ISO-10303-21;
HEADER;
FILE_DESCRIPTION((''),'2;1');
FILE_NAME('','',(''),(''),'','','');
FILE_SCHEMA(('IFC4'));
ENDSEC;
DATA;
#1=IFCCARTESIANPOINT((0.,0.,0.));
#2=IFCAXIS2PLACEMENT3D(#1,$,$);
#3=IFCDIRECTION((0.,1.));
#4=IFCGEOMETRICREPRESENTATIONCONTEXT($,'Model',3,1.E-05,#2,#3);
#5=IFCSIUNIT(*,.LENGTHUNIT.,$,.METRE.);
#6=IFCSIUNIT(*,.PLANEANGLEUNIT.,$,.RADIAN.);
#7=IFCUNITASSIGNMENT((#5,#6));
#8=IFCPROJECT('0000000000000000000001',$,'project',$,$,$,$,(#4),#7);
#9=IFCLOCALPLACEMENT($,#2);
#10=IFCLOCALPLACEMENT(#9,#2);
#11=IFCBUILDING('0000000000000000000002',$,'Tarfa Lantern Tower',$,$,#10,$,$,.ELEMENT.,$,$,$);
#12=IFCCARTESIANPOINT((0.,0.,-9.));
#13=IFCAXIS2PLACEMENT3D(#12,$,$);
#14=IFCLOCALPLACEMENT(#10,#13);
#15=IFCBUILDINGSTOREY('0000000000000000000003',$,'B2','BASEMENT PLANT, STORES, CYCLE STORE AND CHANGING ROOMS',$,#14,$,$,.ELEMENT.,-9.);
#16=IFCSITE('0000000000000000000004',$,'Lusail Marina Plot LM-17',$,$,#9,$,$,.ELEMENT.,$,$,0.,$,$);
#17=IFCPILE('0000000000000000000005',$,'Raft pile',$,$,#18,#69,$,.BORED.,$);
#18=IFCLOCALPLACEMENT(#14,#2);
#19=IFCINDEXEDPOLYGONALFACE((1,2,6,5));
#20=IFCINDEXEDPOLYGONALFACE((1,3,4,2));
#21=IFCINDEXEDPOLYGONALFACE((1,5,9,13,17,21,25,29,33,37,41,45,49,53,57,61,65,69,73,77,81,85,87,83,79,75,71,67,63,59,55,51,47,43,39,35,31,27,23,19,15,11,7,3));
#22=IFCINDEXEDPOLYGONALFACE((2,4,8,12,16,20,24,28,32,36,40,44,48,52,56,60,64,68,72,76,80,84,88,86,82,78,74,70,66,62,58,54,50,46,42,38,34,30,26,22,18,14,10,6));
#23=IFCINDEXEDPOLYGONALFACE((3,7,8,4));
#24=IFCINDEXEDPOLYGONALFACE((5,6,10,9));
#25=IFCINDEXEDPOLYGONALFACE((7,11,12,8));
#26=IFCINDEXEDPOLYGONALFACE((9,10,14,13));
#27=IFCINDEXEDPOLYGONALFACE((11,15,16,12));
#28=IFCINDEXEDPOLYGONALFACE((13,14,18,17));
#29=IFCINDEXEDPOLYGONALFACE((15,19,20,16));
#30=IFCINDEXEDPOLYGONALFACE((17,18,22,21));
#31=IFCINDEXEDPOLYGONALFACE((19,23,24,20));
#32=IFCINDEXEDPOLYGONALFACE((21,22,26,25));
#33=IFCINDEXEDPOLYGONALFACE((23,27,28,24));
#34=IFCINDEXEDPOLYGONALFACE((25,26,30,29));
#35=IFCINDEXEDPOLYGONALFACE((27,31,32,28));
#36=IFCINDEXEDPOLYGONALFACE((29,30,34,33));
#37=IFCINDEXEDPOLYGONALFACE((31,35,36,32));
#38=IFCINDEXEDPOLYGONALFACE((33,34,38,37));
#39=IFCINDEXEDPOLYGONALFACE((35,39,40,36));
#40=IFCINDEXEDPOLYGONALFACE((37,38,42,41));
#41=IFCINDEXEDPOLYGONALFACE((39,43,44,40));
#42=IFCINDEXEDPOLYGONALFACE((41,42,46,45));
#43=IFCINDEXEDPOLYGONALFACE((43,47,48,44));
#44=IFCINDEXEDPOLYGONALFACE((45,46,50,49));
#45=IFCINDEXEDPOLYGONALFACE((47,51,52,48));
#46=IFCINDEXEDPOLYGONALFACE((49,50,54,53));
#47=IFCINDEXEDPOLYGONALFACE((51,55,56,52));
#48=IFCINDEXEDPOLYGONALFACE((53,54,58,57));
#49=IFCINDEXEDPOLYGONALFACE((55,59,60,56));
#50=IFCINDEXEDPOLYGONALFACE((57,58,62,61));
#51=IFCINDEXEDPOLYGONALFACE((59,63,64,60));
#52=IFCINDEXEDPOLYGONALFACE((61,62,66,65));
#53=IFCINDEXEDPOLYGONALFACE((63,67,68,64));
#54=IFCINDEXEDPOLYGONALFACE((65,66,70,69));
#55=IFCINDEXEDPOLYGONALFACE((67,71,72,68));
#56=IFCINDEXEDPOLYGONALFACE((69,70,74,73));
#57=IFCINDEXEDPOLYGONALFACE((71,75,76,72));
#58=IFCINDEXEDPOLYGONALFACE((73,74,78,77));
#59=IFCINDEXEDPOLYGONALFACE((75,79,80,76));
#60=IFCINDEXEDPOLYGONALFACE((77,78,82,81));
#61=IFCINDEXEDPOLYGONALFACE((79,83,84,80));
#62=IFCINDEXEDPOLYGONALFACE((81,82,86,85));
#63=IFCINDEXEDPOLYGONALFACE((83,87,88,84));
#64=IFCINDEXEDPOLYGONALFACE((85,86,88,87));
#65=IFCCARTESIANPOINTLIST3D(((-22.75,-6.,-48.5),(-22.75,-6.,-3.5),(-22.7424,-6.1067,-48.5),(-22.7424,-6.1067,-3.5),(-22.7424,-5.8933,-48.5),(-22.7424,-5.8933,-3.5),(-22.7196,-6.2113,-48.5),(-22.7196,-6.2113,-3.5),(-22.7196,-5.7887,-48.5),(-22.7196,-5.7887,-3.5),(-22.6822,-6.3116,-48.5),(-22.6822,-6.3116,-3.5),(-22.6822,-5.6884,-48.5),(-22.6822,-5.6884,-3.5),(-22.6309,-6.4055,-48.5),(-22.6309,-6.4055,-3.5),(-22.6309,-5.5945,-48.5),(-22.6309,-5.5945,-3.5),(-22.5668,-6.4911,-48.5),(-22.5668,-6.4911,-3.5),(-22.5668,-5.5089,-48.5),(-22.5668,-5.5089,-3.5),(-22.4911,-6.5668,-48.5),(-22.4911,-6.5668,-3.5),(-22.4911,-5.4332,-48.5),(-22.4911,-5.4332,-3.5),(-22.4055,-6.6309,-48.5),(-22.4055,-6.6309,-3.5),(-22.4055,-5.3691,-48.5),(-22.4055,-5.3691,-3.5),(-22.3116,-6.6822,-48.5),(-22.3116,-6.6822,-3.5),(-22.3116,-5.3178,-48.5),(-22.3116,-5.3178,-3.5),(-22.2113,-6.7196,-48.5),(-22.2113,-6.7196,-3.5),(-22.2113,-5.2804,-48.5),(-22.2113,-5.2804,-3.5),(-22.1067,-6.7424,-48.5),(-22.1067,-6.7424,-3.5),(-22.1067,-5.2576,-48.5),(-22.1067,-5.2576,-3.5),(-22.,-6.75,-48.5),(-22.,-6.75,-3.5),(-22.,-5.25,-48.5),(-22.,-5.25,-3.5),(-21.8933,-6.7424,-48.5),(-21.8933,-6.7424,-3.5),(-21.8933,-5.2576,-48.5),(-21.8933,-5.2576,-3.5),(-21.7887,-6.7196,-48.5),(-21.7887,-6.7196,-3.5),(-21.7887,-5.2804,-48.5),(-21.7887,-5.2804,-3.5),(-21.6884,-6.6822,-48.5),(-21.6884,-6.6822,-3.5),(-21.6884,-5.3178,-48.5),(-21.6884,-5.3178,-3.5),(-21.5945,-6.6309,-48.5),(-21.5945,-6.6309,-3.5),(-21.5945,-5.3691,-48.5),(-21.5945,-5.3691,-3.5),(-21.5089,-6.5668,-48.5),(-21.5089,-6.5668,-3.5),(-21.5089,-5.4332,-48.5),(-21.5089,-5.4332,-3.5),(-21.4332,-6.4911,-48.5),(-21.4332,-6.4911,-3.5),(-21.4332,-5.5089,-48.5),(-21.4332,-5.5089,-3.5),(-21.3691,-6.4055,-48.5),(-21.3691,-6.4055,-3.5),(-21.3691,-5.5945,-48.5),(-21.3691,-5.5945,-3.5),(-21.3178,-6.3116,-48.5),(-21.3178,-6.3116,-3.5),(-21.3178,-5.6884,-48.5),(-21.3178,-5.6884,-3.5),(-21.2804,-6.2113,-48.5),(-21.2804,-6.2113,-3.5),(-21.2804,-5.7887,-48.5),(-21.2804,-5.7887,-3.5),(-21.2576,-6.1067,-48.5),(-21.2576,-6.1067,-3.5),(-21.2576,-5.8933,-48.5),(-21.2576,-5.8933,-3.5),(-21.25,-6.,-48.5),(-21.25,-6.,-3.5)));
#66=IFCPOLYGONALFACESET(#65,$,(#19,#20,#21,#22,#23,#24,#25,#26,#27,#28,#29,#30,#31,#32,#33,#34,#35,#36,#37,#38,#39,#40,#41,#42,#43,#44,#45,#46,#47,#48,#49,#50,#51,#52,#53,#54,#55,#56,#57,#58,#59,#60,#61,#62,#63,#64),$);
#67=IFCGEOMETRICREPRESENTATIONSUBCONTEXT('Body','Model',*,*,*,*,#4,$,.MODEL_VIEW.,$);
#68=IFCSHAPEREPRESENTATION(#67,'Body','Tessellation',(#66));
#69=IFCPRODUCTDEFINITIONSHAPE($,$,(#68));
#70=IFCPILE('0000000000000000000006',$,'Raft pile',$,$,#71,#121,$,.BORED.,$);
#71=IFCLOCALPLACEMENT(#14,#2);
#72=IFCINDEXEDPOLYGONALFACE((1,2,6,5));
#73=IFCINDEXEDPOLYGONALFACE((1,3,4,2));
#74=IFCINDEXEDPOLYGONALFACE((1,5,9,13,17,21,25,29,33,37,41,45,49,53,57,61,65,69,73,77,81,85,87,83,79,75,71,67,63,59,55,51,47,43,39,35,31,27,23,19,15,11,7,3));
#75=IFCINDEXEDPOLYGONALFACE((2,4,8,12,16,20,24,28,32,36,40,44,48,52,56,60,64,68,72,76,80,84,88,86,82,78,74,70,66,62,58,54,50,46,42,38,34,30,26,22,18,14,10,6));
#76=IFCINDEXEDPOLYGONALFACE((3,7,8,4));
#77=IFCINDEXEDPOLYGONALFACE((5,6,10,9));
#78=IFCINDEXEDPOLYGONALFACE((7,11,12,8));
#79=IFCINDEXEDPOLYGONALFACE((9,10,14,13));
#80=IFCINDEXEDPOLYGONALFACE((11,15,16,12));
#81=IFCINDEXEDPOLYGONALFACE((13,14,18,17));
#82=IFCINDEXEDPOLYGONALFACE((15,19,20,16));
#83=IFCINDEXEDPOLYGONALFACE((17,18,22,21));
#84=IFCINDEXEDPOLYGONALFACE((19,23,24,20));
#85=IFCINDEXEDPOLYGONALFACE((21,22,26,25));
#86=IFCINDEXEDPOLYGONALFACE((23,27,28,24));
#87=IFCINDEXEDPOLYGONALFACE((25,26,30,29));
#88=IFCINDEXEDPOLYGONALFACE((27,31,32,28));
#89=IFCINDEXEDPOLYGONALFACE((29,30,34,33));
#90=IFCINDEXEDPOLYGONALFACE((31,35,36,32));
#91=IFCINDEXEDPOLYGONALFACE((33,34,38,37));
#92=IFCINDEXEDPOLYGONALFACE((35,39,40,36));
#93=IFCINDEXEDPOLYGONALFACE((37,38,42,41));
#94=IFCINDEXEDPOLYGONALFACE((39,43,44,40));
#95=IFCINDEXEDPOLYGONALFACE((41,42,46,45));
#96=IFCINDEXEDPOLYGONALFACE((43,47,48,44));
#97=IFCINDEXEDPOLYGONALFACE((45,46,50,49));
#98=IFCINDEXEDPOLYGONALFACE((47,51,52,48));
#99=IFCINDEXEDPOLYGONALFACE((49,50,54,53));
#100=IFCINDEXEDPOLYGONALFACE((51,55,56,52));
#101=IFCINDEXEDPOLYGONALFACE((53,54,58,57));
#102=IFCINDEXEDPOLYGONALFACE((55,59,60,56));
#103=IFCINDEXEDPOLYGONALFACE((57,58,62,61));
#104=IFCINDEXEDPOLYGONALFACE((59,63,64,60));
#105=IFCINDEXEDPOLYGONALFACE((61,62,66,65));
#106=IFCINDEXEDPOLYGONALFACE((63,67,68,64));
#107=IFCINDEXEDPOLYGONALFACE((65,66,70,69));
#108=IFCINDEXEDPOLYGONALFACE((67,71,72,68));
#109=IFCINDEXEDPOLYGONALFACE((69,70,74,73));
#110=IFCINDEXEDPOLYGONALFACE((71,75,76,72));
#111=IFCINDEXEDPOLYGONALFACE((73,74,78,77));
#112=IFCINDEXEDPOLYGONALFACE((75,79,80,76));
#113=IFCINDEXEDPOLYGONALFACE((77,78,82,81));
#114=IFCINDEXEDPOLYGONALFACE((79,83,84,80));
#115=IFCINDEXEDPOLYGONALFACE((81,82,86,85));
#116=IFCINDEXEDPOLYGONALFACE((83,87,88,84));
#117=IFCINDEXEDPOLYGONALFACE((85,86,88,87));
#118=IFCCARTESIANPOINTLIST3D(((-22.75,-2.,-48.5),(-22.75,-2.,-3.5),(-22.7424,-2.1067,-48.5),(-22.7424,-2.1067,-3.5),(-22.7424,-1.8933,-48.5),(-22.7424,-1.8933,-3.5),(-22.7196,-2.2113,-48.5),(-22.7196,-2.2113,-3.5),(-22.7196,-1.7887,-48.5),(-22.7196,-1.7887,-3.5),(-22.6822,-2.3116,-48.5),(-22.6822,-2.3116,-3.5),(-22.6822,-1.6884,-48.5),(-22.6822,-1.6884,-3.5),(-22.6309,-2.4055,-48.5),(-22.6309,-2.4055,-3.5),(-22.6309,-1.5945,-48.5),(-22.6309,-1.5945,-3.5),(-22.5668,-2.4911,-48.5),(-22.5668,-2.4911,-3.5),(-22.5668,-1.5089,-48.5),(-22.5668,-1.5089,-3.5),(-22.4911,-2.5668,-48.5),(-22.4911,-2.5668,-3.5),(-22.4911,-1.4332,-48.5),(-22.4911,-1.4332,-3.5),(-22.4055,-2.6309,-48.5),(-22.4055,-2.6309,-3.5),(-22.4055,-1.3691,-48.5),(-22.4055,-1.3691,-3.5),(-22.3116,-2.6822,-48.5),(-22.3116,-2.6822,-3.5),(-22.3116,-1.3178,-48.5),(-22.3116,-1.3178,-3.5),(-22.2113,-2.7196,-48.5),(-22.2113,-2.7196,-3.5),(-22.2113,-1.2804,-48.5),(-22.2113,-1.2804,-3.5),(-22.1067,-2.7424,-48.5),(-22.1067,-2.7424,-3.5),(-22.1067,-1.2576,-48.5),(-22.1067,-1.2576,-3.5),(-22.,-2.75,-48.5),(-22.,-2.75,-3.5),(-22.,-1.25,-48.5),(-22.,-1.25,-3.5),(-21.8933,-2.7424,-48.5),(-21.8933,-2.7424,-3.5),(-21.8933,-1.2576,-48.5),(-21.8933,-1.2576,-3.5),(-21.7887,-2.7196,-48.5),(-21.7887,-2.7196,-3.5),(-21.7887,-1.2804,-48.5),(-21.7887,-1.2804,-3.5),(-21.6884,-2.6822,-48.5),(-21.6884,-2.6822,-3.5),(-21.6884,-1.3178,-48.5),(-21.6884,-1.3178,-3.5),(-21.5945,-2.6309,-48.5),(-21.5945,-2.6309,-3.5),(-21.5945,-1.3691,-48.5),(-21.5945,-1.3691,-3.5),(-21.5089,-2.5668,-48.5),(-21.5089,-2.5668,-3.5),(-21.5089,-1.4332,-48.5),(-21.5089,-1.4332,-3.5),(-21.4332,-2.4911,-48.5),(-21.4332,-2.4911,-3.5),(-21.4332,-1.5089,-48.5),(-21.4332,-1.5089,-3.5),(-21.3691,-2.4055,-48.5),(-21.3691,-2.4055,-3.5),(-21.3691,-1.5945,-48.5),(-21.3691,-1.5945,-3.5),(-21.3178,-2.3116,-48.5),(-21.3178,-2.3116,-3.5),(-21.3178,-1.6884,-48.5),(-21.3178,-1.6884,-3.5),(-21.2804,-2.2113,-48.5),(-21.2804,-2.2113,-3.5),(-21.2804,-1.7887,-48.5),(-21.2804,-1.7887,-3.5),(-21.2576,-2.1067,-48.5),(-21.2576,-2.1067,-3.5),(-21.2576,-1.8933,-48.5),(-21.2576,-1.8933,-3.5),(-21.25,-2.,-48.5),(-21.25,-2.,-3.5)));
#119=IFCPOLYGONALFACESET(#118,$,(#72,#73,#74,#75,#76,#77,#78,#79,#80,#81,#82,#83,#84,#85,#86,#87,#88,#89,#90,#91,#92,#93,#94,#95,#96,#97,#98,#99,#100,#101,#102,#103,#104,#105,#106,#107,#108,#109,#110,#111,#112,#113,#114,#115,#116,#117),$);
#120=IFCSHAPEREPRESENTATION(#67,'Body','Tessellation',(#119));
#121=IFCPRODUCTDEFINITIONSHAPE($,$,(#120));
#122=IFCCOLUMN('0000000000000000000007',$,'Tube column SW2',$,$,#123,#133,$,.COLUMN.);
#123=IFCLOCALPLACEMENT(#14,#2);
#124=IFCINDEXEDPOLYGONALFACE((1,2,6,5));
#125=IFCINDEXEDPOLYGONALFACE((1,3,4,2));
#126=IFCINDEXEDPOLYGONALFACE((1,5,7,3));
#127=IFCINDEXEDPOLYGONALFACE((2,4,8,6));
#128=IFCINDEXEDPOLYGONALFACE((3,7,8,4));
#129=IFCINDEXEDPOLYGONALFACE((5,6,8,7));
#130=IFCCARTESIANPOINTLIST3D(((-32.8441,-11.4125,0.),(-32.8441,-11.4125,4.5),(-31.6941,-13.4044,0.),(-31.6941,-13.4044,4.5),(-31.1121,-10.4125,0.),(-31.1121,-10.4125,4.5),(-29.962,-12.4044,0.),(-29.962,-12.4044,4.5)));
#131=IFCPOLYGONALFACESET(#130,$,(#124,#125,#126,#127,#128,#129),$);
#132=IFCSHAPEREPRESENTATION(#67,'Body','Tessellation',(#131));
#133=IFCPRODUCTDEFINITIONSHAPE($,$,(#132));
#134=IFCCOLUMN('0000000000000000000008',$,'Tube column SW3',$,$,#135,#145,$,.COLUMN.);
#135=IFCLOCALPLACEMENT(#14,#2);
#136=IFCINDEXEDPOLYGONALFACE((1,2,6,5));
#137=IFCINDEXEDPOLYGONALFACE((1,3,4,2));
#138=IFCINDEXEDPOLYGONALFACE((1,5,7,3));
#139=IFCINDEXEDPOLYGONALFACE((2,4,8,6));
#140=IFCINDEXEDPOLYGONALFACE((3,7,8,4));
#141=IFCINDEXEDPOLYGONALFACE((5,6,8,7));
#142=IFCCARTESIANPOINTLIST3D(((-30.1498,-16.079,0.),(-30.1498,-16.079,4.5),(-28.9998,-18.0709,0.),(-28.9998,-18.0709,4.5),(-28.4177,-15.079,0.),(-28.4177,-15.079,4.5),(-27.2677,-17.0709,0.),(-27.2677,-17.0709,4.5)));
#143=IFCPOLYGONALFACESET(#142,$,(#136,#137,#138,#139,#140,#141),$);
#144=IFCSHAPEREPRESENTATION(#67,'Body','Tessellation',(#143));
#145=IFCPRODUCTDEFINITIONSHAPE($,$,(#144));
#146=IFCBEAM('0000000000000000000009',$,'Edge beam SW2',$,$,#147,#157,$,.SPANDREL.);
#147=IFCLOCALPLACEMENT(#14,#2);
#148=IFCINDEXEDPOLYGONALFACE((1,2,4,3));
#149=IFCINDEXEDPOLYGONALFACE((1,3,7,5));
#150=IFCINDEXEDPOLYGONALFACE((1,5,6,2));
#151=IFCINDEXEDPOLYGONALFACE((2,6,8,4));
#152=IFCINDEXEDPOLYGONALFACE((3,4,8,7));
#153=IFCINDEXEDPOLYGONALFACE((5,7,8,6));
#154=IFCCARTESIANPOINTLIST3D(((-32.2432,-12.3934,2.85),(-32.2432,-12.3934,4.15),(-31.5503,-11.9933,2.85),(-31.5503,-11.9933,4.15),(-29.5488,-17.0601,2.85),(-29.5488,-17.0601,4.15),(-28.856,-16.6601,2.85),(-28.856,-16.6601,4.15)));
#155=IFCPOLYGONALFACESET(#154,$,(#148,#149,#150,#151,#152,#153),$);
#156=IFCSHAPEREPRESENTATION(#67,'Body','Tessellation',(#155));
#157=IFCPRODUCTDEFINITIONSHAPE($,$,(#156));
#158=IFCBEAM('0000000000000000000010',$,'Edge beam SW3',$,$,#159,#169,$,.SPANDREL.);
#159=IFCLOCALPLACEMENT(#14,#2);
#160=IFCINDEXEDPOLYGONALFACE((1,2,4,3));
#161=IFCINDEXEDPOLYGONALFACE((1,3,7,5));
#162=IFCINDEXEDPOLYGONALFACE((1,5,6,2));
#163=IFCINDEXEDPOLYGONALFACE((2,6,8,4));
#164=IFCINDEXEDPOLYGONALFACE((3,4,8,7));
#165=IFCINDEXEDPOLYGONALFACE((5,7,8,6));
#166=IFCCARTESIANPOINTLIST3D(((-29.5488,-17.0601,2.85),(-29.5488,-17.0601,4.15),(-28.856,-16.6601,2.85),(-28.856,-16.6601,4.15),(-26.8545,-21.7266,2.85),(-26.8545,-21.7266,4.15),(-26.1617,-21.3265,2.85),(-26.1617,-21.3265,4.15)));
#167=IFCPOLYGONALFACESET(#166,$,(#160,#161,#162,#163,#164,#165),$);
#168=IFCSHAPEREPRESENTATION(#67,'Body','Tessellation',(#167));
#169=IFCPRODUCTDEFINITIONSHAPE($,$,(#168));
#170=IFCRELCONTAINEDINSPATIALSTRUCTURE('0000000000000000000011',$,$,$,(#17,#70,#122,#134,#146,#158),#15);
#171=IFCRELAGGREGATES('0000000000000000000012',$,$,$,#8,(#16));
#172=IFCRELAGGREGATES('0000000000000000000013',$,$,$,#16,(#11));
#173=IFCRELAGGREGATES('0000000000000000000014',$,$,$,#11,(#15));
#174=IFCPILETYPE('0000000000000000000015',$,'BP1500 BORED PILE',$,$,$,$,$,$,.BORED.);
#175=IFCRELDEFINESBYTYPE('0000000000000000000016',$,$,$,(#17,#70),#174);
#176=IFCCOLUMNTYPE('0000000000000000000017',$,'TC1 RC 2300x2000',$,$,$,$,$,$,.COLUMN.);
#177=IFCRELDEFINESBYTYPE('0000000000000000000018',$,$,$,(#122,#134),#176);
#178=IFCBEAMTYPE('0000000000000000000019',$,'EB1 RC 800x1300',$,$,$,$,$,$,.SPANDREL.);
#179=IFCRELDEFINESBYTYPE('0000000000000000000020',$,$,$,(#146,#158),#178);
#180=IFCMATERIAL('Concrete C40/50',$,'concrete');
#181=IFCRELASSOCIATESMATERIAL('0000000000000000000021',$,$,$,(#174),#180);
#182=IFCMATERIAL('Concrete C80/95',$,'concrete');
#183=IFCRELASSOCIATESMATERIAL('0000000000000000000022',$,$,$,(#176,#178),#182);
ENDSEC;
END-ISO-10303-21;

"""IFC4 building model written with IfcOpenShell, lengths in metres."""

from ifc_helpers import new_model, si_unit, direction, frame, origin, origin_2d, place, context, subcontext, project, spatial, rectangle, circle, extrude, material, material_profile, profile_set, type_object, element, save


model = new_model("IFC4")

# Units and contexts
model_context = context("Model", 3, precision=1e-05, world=origin(), true_north=direction((0.0, 1.0)))
body_context = subcontext(model_context, "Body", "Model", "MODEL_VIEW")
ifc_project = project(units=[si_unit("LENGTHUNIT", "METRE"), si_unit("PLANEANGLEUNIT", "RADIAN")], contexts=[model_context])

# Site, building, storey
site_placement = place(None, origin())
site = spatial("IfcSite", under=ifc_project, at=site_placement, Name="Lusail Marina Plot LM-17", CompositionType="ELEMENT", RefElevation=0.0)
building_placement = place(site_placement, origin())
building = spatial("IfcBuilding", under=site, at=building_placement, Name="Tarfa Lantern Tower", CompositionType="ELEMENT")
storey_placement = place(building_placement, frame((0.0, 0.0, -9.0)))
storey = spatial("IfcBuildingStorey", under=building, at=storey_placement, Name="B2", Description="BASEMENT PLANT, STORES, CYCLE STORE AND CHANGING ROOMS", CompositionType="ELEMENT", Elevation=-9.0)

# Piles
ifc_material_1 = material(Name="Concrete C40/50", Category="concrete")
ifc_material_profile_1 = material_profile(ifc_material_1, circle(Radius=0.75, at=origin_2d()), Name="BORED PILE D1500")
ifc_profile_set_1 = profile_set([ifc_material_profile_1], Name="Concrete C40/50")
pile_type = type_object("IfcPileType", Name="BP1500 BORED PILE", PredefinedType="BORED", material=ifc_profile_set_1)
for number, where, z_axis, x_axis, name in (
    (1, (-22.0, -6.0, -3.5), (0.0, 0.0, -1.0), (1.0, 0.0, 0.0), "Raft pile"),
    (2, (-22.0, -2.0, -3.5), (0.0, 0.0, -1.0), (1.0, 0.0, 0.0), "Raft pile"),
):
    element("IfcPile", number, at=place(storey_placement, frame(where, z_axis=z_axis, x_axis=x_axis)), inside=storey, type_object=pile_type, Name=name, PredefinedType="BORED", context=body_context, shape_type="SweptSolid", body=[
        extrude(circle(Radius=0.75, at=origin_2d()), origin(), (0.0, 0.0, 1.0), 45.0),
    ])

# Columns
ifc_material_2 = material(Name="Concrete C80/95", Category="concrete")
ifc_material_profile_2 = material_profile(ifc_material_2, rectangle(XDim=2.3, YDim=2.0, at=origin_2d()), Name="RC 2300x2000")
ifc_profile_set_2 = profile_set([ifc_material_profile_2], Name="Concrete C80/95")
column_type = type_object("IfcColumnType", Name="TC1 RC 2300x2000", PredefinedType="COLUMN", material=ifc_profile_set_2)
for number, where, z_axis, x_axis, name in (
    (3, (-31.4031, -11.9084, 0.0), (0.0, 0.0, 1.0), (0.5, -0.866025, 0.0), "Tube column SW2"),
    (4, (-28.7087, -16.575, 0.0), (0.0, 0.0, 1.0), (0.5, -0.866025, 0.0), "Tube column SW3"),
):
    element("IfcColumn", number, at=place(storey_placement, frame(where, z_axis=z_axis, x_axis=x_axis)), inside=storey, type_object=column_type, Name=name, PredefinedType="COLUMN", context=body_context, shape_type="SweptSolid", body=[
        extrude(rectangle(XDim=2.3, YDim=2.0, at=origin_2d()), origin(), (0.0, 0.0, 1.0), 4.5),
    ])

# Beams
ifc_material_profile_3 = material_profile(ifc_material_2, rectangle(XDim=0.8, YDim=1.3, at=origin_2d()), Name="RC 800x1300")
ifc_profile_set_3 = profile_set([ifc_material_profile_3], Name="Concrete C80/95")
beam_type_1 = type_object("IfcBeamType", Name="EB1 RC 800x1300", PredefinedType="SPANDREL", material=ifc_profile_set_3)
beam_1_placement = place(storey_placement, frame((-31.8967, -12.1934, 3.5), z_axis=(0.499998, -0.866026, 0.0), x_axis=(0.866026, 0.499998, 0.0)))
element("IfcBeam", 5, at=beam_1_placement, inside=storey, type_object=beam_type_1, Name="Edge beam SW2", PredefinedType="SPANDREL", context=body_context, shape_type="SweptSolid", body=[
    extrude(rectangle(XDim=0.8, YDim=1.3, at=origin_2d()), origin(), (0.0, 0.0, 1.0), 5.3887),
])
beam_2_placement = place(storey_placement, frame((-29.2024, -16.8601, 3.5), z_axis=(0.500018, -0.866015, 0.0), x_axis=(0.866015, 0.500018, 0.0)))
element("IfcBeam", 6, at=beam_2_placement, inside=storey, type_object=beam_type_1, Name="Edge beam SW3", PredefinedType="SPANDREL", context=body_context, shape_type="SweptSolid", body=[
    extrude(rectangle(XDim=0.8, YDim=1.3, at=origin_2d()), origin(), (0.0, 0.0, 1.0), 5.3884),
])

save(model, "model.ifc")
